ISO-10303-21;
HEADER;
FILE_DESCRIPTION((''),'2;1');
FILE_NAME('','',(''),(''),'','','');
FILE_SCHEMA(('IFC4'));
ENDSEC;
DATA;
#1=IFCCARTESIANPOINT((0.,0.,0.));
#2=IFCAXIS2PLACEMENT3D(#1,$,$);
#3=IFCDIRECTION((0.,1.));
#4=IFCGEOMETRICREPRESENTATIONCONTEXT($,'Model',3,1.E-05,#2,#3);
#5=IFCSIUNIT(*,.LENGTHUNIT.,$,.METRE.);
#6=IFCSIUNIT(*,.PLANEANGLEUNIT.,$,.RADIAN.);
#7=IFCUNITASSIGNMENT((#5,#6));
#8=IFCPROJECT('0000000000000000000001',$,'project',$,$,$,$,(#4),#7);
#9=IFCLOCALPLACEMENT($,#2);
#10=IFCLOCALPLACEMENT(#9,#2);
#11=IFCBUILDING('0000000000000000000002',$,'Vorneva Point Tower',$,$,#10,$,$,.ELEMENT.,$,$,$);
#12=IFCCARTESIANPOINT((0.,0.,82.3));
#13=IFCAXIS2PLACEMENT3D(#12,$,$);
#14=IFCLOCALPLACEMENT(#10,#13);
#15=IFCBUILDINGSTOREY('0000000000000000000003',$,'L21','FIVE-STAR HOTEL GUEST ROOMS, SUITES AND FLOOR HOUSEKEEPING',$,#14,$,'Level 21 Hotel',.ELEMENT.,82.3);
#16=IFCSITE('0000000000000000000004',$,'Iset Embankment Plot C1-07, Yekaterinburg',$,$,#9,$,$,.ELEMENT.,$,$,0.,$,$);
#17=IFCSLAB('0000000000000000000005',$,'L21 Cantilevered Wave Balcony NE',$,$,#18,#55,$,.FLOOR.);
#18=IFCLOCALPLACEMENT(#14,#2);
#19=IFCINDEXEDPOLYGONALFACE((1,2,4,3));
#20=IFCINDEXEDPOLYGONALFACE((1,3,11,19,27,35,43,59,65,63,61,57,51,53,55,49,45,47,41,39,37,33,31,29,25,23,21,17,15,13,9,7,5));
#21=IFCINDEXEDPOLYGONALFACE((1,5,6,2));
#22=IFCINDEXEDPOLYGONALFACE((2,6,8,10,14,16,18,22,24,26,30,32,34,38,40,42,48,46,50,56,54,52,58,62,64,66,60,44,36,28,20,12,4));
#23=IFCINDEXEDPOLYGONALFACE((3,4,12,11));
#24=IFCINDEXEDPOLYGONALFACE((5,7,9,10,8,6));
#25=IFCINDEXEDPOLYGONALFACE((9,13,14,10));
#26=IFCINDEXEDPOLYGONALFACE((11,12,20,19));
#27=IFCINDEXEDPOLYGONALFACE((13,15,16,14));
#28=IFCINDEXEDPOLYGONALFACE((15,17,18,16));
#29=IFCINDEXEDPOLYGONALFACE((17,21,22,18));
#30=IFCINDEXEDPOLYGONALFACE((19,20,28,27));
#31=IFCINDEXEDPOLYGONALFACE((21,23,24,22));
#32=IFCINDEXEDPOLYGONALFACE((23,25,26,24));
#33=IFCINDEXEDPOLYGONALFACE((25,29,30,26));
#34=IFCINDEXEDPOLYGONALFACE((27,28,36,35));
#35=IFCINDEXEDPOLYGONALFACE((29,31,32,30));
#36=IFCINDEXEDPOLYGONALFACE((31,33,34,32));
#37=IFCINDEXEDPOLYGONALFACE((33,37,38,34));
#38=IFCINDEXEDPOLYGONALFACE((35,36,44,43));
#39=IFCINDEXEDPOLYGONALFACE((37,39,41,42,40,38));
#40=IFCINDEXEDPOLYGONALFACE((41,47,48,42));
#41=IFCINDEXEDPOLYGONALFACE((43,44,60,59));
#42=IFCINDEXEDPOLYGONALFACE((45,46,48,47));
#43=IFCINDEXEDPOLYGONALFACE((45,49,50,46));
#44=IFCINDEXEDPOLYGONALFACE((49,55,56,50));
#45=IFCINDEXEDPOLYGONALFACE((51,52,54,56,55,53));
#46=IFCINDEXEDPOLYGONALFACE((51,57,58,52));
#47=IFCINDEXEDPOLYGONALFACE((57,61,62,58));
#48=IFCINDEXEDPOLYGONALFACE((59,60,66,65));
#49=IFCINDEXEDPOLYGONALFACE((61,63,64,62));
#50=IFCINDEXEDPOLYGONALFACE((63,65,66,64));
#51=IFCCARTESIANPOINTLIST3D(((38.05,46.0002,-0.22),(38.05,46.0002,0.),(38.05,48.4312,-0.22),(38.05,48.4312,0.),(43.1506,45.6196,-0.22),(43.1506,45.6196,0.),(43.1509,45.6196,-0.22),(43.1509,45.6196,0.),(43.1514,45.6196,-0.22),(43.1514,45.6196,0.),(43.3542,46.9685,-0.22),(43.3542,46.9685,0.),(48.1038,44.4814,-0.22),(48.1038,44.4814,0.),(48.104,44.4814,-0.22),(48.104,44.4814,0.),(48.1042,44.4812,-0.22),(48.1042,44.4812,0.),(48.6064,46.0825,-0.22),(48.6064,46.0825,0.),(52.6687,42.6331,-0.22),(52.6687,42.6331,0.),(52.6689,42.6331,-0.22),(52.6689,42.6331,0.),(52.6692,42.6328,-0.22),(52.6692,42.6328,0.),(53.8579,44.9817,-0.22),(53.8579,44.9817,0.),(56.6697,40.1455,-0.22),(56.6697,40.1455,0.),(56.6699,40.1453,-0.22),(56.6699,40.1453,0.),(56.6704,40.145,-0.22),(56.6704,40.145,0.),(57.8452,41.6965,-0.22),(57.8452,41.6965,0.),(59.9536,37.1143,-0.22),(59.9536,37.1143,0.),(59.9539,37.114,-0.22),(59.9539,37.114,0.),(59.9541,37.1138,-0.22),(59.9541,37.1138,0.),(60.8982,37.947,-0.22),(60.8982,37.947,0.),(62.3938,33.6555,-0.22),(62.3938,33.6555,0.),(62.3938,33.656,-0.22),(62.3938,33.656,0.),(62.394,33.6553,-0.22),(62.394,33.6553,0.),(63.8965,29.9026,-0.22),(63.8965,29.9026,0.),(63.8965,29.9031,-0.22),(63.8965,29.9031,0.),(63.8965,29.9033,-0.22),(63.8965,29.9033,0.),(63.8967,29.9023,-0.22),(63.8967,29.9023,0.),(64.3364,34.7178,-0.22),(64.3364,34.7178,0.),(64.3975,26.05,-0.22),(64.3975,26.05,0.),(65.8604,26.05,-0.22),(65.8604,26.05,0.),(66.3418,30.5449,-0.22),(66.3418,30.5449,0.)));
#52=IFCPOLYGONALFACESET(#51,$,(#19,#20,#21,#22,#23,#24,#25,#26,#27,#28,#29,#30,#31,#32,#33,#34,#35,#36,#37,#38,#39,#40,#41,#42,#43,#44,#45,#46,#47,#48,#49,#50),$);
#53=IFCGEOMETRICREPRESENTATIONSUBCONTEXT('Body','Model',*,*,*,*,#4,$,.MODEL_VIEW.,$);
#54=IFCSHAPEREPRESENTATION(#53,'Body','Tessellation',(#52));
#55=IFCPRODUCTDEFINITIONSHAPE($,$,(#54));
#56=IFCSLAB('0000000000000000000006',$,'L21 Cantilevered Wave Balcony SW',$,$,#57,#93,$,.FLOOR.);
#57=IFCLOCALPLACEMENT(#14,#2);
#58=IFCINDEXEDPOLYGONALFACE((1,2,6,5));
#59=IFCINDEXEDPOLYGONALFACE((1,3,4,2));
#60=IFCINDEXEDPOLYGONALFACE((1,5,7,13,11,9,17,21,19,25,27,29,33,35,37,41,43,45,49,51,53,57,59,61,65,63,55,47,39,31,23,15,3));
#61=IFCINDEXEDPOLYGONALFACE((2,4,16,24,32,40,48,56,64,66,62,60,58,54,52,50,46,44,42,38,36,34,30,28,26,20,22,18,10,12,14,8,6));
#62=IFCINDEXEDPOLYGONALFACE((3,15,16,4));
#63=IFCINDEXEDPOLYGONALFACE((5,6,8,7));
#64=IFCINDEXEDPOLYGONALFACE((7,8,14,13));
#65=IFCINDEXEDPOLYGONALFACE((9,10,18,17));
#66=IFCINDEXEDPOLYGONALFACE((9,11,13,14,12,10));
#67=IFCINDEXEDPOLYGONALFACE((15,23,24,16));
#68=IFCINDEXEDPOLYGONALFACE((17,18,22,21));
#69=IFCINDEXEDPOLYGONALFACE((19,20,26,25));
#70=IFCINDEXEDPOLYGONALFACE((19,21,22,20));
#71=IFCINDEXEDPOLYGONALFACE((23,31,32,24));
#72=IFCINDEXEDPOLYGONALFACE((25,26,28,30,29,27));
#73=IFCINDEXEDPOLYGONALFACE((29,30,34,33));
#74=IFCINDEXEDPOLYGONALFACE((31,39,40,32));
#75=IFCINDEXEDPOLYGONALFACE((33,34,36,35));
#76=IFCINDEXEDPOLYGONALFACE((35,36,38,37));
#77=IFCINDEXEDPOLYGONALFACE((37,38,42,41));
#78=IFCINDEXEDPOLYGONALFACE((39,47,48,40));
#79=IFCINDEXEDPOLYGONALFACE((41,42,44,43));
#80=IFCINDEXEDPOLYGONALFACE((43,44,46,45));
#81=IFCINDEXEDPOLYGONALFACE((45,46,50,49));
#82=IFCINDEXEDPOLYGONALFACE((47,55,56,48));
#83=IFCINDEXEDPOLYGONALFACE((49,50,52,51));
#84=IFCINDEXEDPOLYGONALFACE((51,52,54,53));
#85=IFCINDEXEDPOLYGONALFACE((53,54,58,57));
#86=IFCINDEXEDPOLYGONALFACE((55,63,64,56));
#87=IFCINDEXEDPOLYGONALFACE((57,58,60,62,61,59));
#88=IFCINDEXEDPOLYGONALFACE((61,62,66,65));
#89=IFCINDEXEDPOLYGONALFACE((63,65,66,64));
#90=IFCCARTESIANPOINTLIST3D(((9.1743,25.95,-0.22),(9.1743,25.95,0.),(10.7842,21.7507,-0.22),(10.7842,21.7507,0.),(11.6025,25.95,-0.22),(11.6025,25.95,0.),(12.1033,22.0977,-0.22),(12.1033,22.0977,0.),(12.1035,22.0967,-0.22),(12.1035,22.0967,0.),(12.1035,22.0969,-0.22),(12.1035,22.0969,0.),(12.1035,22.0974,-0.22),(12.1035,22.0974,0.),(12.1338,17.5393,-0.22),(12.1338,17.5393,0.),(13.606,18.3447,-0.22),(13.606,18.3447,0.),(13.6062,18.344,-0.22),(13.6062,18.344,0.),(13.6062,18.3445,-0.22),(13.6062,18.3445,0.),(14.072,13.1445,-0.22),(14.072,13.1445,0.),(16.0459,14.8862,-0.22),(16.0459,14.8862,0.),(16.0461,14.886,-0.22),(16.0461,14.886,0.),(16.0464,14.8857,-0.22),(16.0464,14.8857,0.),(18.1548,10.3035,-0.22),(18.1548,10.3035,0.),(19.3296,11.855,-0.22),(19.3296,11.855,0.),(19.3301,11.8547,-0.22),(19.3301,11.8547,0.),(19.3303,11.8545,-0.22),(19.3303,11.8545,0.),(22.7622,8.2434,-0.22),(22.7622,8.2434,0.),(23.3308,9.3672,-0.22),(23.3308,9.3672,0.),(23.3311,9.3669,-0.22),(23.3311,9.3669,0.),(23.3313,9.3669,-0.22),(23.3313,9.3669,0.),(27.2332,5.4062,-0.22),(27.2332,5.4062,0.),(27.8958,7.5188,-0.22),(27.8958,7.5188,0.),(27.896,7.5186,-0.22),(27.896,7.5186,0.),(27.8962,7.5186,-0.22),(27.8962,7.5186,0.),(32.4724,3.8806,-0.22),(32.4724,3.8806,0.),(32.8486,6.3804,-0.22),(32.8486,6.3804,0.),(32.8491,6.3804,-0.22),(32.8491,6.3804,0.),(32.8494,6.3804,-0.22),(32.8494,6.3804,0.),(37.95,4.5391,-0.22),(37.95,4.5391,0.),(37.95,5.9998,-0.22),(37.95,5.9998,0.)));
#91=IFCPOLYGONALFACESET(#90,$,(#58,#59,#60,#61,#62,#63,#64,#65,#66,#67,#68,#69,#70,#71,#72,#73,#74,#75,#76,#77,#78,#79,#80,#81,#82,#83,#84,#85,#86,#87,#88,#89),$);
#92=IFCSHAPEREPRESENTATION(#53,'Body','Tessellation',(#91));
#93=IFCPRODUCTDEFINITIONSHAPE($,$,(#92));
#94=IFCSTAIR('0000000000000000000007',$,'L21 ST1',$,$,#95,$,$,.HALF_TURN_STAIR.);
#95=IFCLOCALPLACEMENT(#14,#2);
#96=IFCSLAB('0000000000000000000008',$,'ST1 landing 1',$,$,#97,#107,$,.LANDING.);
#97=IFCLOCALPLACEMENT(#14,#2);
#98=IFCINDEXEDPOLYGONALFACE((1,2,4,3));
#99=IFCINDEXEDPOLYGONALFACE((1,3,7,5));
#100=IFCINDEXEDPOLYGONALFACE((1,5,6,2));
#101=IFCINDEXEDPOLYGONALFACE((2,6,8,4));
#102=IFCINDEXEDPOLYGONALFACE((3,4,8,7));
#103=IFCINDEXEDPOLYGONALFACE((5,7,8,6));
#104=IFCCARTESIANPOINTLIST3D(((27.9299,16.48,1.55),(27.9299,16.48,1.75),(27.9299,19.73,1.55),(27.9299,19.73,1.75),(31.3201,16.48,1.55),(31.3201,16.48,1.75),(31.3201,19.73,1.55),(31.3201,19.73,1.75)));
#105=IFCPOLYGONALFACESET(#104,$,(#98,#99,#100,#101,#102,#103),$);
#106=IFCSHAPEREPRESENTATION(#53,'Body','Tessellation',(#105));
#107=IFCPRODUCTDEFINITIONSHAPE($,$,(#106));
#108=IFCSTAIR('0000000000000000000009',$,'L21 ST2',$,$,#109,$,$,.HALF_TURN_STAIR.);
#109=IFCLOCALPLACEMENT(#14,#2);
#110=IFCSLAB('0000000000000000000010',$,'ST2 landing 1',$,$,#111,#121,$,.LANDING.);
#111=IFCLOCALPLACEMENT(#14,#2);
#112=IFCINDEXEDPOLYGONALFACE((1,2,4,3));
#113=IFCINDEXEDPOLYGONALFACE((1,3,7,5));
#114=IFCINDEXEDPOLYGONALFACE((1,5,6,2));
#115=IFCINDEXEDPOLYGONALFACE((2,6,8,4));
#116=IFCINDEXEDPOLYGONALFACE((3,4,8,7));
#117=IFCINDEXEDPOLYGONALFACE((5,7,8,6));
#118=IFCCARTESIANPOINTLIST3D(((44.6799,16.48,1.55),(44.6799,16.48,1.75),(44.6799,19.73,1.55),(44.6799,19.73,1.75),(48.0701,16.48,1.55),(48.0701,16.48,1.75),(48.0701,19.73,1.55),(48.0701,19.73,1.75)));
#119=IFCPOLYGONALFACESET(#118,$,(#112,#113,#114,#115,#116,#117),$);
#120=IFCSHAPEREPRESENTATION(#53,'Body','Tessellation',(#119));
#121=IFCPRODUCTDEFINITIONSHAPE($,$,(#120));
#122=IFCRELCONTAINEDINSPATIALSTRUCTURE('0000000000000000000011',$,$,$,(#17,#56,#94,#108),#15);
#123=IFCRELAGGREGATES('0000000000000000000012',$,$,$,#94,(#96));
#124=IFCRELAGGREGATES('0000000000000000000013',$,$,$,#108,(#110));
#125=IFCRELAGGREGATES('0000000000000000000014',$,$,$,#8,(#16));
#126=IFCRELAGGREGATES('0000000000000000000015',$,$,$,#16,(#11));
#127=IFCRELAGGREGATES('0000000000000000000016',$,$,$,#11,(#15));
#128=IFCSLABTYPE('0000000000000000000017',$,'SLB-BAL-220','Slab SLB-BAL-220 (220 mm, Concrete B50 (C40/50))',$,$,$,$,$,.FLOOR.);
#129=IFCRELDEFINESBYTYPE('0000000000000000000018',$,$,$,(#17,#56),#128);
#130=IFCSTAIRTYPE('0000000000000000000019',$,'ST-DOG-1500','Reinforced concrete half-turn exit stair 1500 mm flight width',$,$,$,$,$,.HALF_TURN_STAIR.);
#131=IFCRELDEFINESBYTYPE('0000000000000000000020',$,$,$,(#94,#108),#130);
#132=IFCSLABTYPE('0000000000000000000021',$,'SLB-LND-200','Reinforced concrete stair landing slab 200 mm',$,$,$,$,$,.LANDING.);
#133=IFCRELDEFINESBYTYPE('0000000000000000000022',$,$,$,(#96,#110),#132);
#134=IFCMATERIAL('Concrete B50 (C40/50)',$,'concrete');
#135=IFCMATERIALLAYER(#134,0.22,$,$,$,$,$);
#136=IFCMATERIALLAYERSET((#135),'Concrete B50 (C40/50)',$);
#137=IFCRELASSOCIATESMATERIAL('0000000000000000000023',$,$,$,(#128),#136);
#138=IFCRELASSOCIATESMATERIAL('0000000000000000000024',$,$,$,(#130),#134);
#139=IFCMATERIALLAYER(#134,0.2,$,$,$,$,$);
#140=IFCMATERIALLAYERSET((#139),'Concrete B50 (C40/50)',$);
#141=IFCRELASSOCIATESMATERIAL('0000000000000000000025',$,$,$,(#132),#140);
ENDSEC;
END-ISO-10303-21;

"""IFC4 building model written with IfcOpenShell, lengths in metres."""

from ifc_helpers import new_model, si_unit, direction, frame, origin, place, context, subcontext, project, spatial, polyline, outline, extrude, material, layer, layer_set, type_object, element, aggregate, save


model = new_model("IFC4")

# Units and contexts
model_context = context("Model", 3, precision=1e-05, world=origin(), true_north=direction((0.0, 1.0)))
body_context = subcontext(model_context, "Body", "Model", "MODEL_VIEW")
ifc_project = project(units=[si_unit("LENGTHUNIT", "METRE"), si_unit("PLANEANGLEUNIT", "RADIAN")], contexts=[model_context])

# Site, building, storey
site_placement = place(None, origin())
site = spatial("IfcSite", under=ifc_project, at=site_placement, Name="Iset Embankment Plot C1-07, Yekaterinburg", CompositionType="ELEMENT", RefElevation=0.0)
building_placement = place(site_placement, origin())
building = spatial("IfcBuilding", under=site, at=building_placement, Name="Vorneva Point Tower", CompositionType="ELEMENT")
storey_placement = place(building_placement, frame((0.0, 0.0, 82.3)))
storey = spatial("IfcBuildingStorey", under=building, at=storey_placement, Name="L21", Description="FIVE-STAR HOTEL GUEST ROOMS, SUITES AND FLOOR HOUSEKEEPING", LongName="Level 21 Hotel", CompositionType="ELEMENT", Elevation=82.3)

# Slabs
ifc_material_1 = material(Name="Concrete B50 (C40/50)", Category="concrete")
ifc_layer_1 = layer(ifc_material_1, 0.22)
ifc_layer_set_1 = layer_set([ifc_layer_1], Name="Concrete B50 (C40/50)")
slab_type_1 = type_object("IfcSlabType", Name="SLB-BAL-220", Description="Slab SLB-BAL-220 (220 mm, Concrete B50 (C40/50))", PredefinedType="FLOOR", material=ifc_layer_set_1)
slab_1_placement = place(storey_placement, frame((0.0, 0.0, -0.22)))
element("IfcSlab", 1, at=slab_1_placement, inside=storey, type_object=slab_type_1, Name="L21 Cantilevered Wave Balcony NE", PredefinedType="FLOOR", context=body_context, shape_type="SweptSolid", body=[
    extrude(outline(polyline([(38.05, 48.4312), (38.05, 46.0002), (43.1506, 45.6196), (43.1509, 45.6196), (43.1514, 45.6196), (48.1038, 44.4814), (48.104, 44.4814), (48.1042, 44.4812), (52.6687, 42.6331), (52.6689, 42.6331), (52.6692, 42.6328), (56.6697, 40.1455), (56.6699, 40.1453), (56.6704, 40.145), (59.9536, 37.1143), (59.9539, 37.114), (59.9541, 37.1138), (62.3938, 33.656), (62.3938, 33.6555), (62.394, 33.6553), (63.8965, 29.9033), (63.8965, 29.9031), (63.8965, 29.9026), (63.8967, 29.9023), (64.3975, 26.05), (65.8604, 26.05), (66.3418, 30.5449), (64.3364, 34.7178), (60.8982, 37.947), (57.8452, 41.6965), (53.8579, 44.9817), (48.6064, 46.0825), (43.3542, 46.9685), (38.05, 48.4312)])), origin(), (0.0, 0.0, 1.0), 0.22),
])
slab_2_placement = place(storey_placement, frame((0.0, 0.0, -0.22)))
element("IfcSlab", 2, at=slab_2_placement, inside=storey, type_object=slab_type_1, Name="L21 Cantilevered Wave Balcony SW", PredefinedType="FLOOR", context=body_context, shape_type="SweptSolid", body=[
    extrude(outline(polyline([(37.95, 4.5391), (37.95, 5.9998), (32.8494, 6.3804), (32.8491, 6.3804), (32.8486, 6.3804), (27.8962, 7.5186), (27.896, 7.5186), (27.8958, 7.5188), (23.3313, 9.3669), (23.3311, 9.3669), (23.3308, 9.3672), (19.3303, 11.8545), (19.3301, 11.8547), (19.3296, 11.855), (16.0464, 14.8857), (16.0461, 14.886), (16.0459, 14.8862), (13.6062, 18.344), (13.6062, 18.3445), (13.606, 18.3447), (12.1035, 22.0967), (12.1035, 22.0969), (12.1035, 22.0974), (12.1033, 22.0977), (11.6025, 25.95), (9.1743, 25.95), (10.7842, 21.7507), (12.1338, 17.5393), (14.072, 13.1445), (18.1548, 10.3035), (22.7622, 8.2434), (27.2332, 5.4062), (32.4724, 3.8806), (37.95, 4.5391)])), origin(), (0.0, 0.0, 1.0), 0.22),
])

# Stairs, slabs
stair_type = type_object("IfcStairType", Name="ST-DOG-1500", Description="Reinforced concrete half-turn exit stair 1500 mm flight width", PredefinedType="HALF_TURN_STAIR", material=ifc_material_1)
stair_1_placement = place(storey_placement, origin())
stair_1 = element("IfcStair", 3, at=stair_1_placement, inside=storey, type_object=stair_type, Name="L21 ST1", PredefinedType="HALF_TURN_STAIR")
ifc_layer_2 = layer(ifc_material_1, 0.2)
ifc_layer_set_2 = layer_set([ifc_layer_2], Name="Concrete B50 (C40/50)")
slab_type_2 = type_object("IfcSlabType", Name="SLB-LND-200", Description="Reinforced concrete stair landing slab 200 mm", PredefinedType="LANDING", material=ifc_layer_set_2)
slab_3_placement = place(storey_placement, frame((0.0, 0.0, 1.55)))
slab_3 = element("IfcSlab", 4, at=slab_3_placement, type_object=slab_type_2, Name="ST1 landing 1", PredefinedType="LANDING", context=body_context, shape_type="SweptSolid", body=[
    extrude(outline(polyline([(27.9299, 16.48), (31.3201, 16.48), (31.3201, 19.73), (27.9299, 19.73), (27.9299, 16.48)])), origin(), (0.0, 0.0, 1.0), 0.2),
])
aggregate(stair_1, [slab_3])
stair_2_placement = place(storey_placement, origin())
stair_2 = element("IfcStair", 5, at=stair_2_placement, inside=storey, type_object=stair_type, Name="L21 ST2", PredefinedType="HALF_TURN_STAIR")
slab_4_placement = place(storey_placement, frame((0.0, 0.0, 1.55)))
slab_4 = element("IfcSlab", 6, at=slab_4_placement, type_object=slab_type_2, Name="ST2 landing 1", PredefinedType="LANDING", context=body_context, shape_type="SweptSolid", body=[
    extrude(outline(polyline([(44.6799, 16.48), (48.0701, 16.48), (48.0701, 19.73), (44.6799, 19.73), (44.6799, 16.48)])), origin(), (0.0, 0.0, 1.0), 0.2),
])
aggregate(stair_2, [slab_4])

save(model, "model.ifc")
